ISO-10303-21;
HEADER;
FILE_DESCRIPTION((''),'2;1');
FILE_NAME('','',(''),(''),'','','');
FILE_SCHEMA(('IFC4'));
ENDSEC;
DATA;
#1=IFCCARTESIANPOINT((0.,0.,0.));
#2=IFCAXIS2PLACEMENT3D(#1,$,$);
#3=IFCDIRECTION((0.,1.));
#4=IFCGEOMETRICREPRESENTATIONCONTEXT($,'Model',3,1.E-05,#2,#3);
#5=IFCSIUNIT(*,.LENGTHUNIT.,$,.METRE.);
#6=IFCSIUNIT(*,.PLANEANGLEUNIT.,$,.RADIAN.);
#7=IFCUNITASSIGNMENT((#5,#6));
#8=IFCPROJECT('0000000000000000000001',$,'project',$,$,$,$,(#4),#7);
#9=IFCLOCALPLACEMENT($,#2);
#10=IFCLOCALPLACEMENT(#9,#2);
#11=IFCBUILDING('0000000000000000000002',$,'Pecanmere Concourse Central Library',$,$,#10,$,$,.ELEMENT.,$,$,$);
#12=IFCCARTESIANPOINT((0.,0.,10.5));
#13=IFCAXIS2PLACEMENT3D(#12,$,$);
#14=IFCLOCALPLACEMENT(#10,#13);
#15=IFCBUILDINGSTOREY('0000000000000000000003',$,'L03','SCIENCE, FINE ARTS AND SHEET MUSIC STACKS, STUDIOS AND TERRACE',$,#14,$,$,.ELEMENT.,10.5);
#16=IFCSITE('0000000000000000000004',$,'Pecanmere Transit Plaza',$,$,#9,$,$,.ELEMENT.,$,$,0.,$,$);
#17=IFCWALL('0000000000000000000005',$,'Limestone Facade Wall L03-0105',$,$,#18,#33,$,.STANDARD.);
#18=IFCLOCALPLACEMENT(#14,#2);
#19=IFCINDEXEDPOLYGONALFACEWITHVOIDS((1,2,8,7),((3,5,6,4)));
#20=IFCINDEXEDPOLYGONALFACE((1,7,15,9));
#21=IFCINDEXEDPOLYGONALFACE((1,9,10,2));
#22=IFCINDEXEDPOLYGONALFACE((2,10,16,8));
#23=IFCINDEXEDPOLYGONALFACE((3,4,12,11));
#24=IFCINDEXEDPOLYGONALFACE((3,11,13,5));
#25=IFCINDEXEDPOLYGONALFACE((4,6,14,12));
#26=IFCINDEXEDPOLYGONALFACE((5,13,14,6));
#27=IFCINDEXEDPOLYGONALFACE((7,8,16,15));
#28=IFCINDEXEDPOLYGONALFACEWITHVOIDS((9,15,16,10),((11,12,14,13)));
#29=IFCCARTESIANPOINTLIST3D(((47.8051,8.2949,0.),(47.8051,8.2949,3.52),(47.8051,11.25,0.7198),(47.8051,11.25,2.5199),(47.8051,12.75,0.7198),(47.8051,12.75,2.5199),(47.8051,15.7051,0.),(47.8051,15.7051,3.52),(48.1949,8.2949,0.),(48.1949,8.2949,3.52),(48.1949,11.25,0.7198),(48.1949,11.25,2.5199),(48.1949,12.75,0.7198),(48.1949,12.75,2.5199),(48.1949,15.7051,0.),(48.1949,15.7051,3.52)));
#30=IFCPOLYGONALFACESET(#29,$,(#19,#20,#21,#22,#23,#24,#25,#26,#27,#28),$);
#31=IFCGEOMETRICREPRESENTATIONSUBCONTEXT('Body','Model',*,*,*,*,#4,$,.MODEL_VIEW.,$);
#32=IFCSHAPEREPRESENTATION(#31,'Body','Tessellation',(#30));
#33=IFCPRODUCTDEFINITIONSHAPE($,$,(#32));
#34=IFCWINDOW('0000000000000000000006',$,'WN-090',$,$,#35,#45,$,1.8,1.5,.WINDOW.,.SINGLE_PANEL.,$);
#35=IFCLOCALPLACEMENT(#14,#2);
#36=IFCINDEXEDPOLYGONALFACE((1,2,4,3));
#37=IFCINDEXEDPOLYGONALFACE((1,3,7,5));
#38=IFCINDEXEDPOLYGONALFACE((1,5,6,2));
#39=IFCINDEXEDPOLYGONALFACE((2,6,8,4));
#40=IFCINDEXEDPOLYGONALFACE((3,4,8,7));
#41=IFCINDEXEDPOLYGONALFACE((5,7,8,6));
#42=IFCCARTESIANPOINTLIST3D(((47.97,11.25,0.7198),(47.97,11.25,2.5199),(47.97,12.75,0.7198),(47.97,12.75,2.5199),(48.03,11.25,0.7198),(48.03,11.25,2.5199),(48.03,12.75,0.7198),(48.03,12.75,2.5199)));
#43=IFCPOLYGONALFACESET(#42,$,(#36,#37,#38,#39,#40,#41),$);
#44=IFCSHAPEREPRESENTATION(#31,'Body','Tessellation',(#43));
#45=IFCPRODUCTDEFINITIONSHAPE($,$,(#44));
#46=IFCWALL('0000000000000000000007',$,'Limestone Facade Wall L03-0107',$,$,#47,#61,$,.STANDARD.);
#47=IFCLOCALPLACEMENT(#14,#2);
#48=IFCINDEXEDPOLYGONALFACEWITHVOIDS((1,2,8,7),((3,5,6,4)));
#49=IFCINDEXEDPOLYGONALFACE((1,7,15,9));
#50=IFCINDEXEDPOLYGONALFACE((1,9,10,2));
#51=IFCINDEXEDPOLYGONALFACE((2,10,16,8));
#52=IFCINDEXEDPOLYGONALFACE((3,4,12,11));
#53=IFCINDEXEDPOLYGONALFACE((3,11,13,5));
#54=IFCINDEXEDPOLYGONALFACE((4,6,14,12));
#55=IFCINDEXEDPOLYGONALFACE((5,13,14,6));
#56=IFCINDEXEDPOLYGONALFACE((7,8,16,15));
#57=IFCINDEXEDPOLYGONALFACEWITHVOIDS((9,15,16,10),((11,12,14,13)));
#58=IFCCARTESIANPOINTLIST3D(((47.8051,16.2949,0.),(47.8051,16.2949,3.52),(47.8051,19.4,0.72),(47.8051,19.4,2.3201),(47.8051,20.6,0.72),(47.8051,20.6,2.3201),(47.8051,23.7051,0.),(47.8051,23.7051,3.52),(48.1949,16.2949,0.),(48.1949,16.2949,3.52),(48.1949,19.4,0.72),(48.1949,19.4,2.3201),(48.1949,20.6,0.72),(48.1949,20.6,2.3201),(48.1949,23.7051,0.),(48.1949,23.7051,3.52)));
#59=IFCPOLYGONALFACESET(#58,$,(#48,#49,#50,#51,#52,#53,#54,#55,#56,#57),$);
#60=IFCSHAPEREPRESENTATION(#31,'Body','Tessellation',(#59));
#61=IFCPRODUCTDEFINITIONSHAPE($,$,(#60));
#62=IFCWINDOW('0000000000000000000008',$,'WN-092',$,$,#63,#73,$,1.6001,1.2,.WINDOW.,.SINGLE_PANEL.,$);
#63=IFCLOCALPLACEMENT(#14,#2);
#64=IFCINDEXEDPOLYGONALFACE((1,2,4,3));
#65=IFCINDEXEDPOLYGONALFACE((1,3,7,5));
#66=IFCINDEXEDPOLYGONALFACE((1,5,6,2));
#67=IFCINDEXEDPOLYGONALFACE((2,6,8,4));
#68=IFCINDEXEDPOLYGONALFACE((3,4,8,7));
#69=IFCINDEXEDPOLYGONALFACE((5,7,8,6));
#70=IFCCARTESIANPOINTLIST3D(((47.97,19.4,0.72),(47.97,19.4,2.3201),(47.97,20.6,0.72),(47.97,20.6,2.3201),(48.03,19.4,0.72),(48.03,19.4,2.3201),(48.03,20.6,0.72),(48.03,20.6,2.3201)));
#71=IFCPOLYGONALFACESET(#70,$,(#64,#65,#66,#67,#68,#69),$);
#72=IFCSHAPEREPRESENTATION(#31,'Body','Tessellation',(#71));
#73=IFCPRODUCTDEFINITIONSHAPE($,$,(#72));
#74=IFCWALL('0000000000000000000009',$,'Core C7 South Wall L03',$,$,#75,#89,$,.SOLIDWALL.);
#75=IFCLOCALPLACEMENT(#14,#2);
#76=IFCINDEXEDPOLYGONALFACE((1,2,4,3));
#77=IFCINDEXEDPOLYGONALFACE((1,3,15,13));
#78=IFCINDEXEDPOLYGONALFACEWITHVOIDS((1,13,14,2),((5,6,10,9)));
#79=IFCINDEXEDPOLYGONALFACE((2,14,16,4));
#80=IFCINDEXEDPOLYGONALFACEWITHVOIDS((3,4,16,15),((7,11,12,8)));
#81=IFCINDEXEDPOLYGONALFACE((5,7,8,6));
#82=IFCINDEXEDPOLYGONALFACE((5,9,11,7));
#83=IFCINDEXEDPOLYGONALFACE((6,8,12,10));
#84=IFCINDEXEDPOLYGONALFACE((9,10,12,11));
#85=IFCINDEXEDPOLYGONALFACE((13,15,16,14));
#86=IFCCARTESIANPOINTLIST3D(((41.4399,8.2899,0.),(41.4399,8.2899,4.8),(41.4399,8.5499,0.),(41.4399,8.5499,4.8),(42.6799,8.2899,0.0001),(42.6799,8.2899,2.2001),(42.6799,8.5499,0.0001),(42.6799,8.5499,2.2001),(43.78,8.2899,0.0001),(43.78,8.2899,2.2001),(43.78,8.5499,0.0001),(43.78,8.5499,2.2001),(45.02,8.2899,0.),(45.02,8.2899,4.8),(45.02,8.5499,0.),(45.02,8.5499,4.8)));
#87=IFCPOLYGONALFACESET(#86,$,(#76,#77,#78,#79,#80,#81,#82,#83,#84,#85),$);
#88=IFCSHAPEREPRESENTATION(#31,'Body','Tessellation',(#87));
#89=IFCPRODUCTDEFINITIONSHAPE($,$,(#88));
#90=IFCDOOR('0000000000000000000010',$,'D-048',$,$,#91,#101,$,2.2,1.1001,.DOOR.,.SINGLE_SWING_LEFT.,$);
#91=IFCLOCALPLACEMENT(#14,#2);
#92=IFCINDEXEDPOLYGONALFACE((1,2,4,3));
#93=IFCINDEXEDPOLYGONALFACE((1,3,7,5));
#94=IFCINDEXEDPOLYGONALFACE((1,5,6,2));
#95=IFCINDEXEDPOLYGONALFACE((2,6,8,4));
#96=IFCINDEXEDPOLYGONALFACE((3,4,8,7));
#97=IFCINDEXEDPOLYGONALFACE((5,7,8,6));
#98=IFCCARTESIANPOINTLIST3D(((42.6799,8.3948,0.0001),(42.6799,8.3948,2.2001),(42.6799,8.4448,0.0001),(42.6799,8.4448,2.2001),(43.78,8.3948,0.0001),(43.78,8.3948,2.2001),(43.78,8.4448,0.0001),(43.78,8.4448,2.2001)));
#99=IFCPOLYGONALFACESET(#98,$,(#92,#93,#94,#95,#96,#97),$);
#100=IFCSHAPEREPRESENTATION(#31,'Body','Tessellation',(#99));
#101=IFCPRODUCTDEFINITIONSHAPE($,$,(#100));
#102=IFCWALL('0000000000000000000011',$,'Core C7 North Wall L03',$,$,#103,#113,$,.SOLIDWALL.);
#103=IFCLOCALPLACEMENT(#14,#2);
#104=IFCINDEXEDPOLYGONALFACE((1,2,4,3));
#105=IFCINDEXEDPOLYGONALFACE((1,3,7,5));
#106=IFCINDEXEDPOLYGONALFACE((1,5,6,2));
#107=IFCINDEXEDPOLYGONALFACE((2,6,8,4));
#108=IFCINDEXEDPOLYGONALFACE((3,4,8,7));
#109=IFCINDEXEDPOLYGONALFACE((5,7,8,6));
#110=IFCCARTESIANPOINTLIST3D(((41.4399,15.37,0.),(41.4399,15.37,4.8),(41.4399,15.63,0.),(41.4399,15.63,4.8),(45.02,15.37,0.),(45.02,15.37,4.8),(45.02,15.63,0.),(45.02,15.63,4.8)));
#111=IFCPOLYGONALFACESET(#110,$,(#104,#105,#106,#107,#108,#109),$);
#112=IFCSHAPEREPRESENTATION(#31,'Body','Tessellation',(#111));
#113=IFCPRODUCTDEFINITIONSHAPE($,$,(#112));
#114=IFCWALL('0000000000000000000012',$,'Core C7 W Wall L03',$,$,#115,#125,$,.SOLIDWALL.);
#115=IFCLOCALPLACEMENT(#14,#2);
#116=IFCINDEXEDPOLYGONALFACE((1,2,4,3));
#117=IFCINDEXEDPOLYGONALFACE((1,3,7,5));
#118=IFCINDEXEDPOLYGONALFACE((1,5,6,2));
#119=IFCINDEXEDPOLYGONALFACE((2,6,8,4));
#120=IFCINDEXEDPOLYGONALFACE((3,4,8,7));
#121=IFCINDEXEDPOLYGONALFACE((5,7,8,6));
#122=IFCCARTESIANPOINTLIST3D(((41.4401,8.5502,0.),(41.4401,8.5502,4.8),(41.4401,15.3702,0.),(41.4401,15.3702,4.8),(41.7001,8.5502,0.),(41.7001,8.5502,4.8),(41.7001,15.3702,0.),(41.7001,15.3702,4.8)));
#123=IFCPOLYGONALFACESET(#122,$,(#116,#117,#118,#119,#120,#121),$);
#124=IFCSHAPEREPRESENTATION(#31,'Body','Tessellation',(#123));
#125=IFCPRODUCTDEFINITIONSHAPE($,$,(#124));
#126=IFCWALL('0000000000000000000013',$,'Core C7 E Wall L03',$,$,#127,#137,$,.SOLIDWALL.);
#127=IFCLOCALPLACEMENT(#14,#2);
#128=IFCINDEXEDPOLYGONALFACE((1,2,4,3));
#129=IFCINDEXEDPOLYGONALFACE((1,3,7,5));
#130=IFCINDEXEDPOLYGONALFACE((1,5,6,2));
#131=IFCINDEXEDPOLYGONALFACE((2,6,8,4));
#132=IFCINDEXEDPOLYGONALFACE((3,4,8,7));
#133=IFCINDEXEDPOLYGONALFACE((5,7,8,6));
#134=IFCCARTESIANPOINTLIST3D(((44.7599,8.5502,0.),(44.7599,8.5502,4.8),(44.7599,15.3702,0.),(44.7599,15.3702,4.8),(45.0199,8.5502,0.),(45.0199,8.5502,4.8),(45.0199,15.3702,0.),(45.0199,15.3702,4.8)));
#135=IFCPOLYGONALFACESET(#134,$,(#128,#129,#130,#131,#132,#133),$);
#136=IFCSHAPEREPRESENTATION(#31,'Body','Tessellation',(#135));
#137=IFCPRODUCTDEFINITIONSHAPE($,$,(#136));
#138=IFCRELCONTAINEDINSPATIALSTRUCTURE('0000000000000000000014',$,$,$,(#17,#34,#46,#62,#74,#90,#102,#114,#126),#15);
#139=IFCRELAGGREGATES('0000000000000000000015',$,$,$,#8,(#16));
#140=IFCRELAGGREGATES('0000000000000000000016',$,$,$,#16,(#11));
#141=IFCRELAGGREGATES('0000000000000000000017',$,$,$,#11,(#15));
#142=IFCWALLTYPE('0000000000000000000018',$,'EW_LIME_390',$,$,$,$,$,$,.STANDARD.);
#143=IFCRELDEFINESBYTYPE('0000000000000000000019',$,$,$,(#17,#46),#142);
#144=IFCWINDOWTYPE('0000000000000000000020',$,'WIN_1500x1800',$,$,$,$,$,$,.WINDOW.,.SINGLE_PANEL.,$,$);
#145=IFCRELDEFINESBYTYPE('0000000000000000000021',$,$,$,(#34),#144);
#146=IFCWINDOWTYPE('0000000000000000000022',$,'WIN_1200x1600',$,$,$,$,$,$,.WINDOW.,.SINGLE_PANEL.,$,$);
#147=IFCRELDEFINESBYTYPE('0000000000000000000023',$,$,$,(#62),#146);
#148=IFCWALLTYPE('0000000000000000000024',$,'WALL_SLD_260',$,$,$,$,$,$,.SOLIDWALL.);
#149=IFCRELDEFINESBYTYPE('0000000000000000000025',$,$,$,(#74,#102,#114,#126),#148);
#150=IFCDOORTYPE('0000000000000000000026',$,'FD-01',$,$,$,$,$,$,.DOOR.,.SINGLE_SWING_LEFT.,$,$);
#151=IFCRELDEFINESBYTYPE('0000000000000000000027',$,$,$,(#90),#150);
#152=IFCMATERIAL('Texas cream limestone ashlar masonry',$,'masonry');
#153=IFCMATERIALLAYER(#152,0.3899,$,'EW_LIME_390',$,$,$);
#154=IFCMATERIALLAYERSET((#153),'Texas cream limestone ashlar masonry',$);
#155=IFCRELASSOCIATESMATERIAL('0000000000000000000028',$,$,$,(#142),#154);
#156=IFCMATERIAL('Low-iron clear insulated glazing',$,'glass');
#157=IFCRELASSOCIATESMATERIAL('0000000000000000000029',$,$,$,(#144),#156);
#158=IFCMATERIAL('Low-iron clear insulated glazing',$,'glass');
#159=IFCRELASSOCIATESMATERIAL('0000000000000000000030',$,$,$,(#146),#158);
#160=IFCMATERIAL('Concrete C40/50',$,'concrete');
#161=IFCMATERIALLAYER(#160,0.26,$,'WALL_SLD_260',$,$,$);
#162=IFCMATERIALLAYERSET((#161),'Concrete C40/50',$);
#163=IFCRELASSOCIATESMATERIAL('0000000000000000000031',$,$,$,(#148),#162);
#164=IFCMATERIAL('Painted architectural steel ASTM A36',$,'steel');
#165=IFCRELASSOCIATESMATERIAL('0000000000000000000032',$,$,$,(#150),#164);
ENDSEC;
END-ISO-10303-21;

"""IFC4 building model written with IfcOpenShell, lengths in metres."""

from ifc_helpers import new_model, si_unit, direction, frame, frame_2d, origin, place, context, subcontext, project, spatial, rectangle, extrude, material, layer, layer_set, type_object, element, fill, save


model = new_model("IFC4")

# Units and contexts
model_context = context("Model", 3, precision=1e-05, world=origin(), true_north=direction((0.0, 1.0)))
body_context = subcontext(model_context, "Body", "Model", "MODEL_VIEW")
ifc_project = project(units=[si_unit("LENGTHUNIT", "METRE"), si_unit("PLANEANGLEUNIT", "RADIAN")], contexts=[model_context])

# Site, building, storey
site_placement = place(None, origin())
site = spatial("IfcSite", under=ifc_project, at=site_placement, Name="Pecanmere Transit Plaza", CompositionType="ELEMENT", RefElevation=0.0)
building_placement = place(site_placement, origin())
building = spatial("IfcBuilding", under=site, at=building_placement, Name="Pecanmere Concourse Central Library", CompositionType="ELEMENT")
storey_placement = place(building_placement, frame((0.0, 0.0, 10.5)))
storey = spatial("IfcBuildingStorey", under=building, at=storey_placement, Name="L03", Description="SCIENCE, FINE ARTS AND SHEET MUSIC STACKS, STUDIOS AND TERRACE", CompositionType="ELEMENT", Elevation=10.5)

# Walls, openings, windows
ifc_material_1 = material(Name="Texas cream limestone ashlar masonry", Category="masonry")
ifc_layer_1 = layer(ifc_material_1, 0.3899, Name="EW_LIME_390")
ifc_layer_set_1 = layer_set([ifc_layer_1], Name="Texas cream limestone ashlar masonry")
wall_type_1 = type_object("IfcWallType", Name="EW_LIME_390", PredefinedType="STANDARD", material=ifc_layer_set_1)
wall_1_placement = place(storey_placement, frame((48.0, 8.2949, 0.0), z_axis=(0.0, 0.0, 1.0), x_axis=(0.0, 1.0, 0.0)))
wall_1 = element("IfcWall", 1, at=wall_1_placement, inside=storey, type_object=wall_type_1, Name="Limestone Facade Wall L03-0105", PredefinedType="STANDARD", context=body_context, shape_type="SweptSolid", body=[
    extrude(rectangle(XDim=7.4102, YDim=0.3899, at=frame_2d((3.7051, 0.0))), origin(), (0.0, 0.0, 1.0), 3.52),
])
opening_1_placement = place(wall_1_placement, frame((2.9551, 0.0, 0.72)))
opening_1 = element("IfcOpeningElement", 2, at=opening_1_placement, cuts=wall_1, PredefinedType="OPENING", context=body_context, shape_type="SweptSolid", body=[
    extrude(rectangle(XDim=1.5, YDim=1.8, at=frame_2d((0.75, 0.8999))), frame((0.0, 0.207, 0.0), z_axis=(0.0, -1.0, 0.0), x_axis=(1.0, 0.0, 0.0)), (0.0, 0.0, 1.0), 0.4138),
])
ifc_material_2 = material(Name="Low-iron clear insulated glazing", Category="glass")
window_type_1 = type_object("IfcWindowType", Name="WIN_1500x1800", PartitioningType="SINGLE_PANEL", PredefinedType="WINDOW", material=ifc_material_2)
window_1_placement = place(opening_1_placement, origin())
window_1 = element("IfcWindow", 3, at=window_1_placement, inside=storey, type_object=window_type_1, Name="WN-090", OverallHeight=1.8, OverallWidth=1.5, PartitioningType="SINGLE_PANEL", PredefinedType="WINDOW", context=body_context, shape_type="SweptSolid", body=[
    extrude(rectangle(XDim=1.5, YDim=1.8, at=frame_2d((0.75, 0.8999))), frame((0.0, 0.03, 0.0), z_axis=(0.0, -1.0, 0.0), x_axis=(1.0, 0.0, 0.0)), (0.0, 0.0, 1.0), 0.0601),
])
fill(opening_1, window_1)
wall_2_placement = place(storey_placement, frame((48.0, 16.2949, 0.0), z_axis=(0.0, 0.0, 1.0), x_axis=(0.0, 1.0, 0.0)))
wall_2 = element("IfcWall", 4, at=wall_2_placement, inside=storey, type_object=wall_type_1, Name="Limestone Facade Wall L03-0107", PredefinedType="STANDARD", context=body_context, shape_type="SweptSolid", body=[
    extrude(rectangle(XDim=7.4102, YDim=0.3899, at=frame_2d((3.7051, 0.0))), origin(), (0.0, 0.0, 1.0), 3.52),
])
opening_2_placement = place(wall_2_placement, frame((3.105, 0.0, 0.72)))
opening_2 = element("IfcOpeningElement", 5, at=opening_2_placement, cuts=wall_2, PredefinedType="OPENING", context=body_context, shape_type="SweptSolid", body=[
    extrude(rectangle(XDim=1.2, YDim=1.6001, at=frame_2d((0.6001, 0.8))), frame((0.0, 0.207, 0.0), z_axis=(0.0, -1.0, 0.0), x_axis=(1.0, 0.0, 0.0)), (0.0, 0.0, 1.0), 0.4138),
])
ifc_material_3 = material(Name="Low-iron clear insulated glazing", Category="glass")
window_type_2 = type_object("IfcWindowType", Name="WIN_1200x1600", PartitioningType="SINGLE_PANEL", PredefinedType="WINDOW", material=ifc_material_3)
window_2_placement = place(opening_2_placement, origin())
window_2 = element("IfcWindow", 6, at=window_2_placement, inside=storey, type_object=window_type_2, Name="WN-092", OverallHeight=1.6001, OverallWidth=1.2, PartitioningType="SINGLE_PANEL", PredefinedType="WINDOW", context=body_context, shape_type="SweptSolid", body=[
    extrude(rectangle(XDim=1.2, YDim=1.6001, at=frame_2d((0.6001, 0.8))), frame((0.0, 0.03, 0.0), z_axis=(0.0, -1.0, 0.0), x_axis=(1.0, 0.0, 0.0)), (0.0, 0.0, 1.0), 0.0601),
])
fill(opening_2, window_2)

# Wall, opening, door
ifc_material_4 = material(Name="Concrete C40/50", Category="concrete")
ifc_layer_2 = layer(ifc_material_4, 0.26, Name="WALL_SLD_260")
ifc_layer_set_2 = layer_set([ifc_layer_2], Name="Concrete C40/50")
wall_type_2 = type_object("IfcWallType", Name="WALL_SLD_260", PredefinedType="SOLIDWALL", material=ifc_layer_set_2)
wall_3_placement = place(storey_placement, frame((41.4399, 8.4199, 0.0), z_axis=(0.0, 0.0, 1.0), x_axis=(1.0, 0.0, 0.0)))
wall_3 = element("IfcWall", 7, at=wall_3_placement, inside=storey, type_object=wall_type_2, Name="Core C7 South Wall L03", PredefinedType="SOLIDWALL", context=body_context, shape_type="SweptSolid", body=[
    extrude(rectangle(XDim=3.5801, YDim=0.26, at=frame_2d((1.79, 0.0))), origin(), (0.0, 0.0, 1.0), 4.8),
])
opening_3_placement = place(wall_3_placement, frame((1.24, 0.0, 0.0)))
opening_3 = element("IfcOpeningElement", 8, at=opening_3_placement, cuts=wall_3, PredefinedType="OPENING", context=body_context, shape_type="SweptSolid", body=[
    extrude(rectangle(XDim=1.1001, YDim=2.2, at=frame_2d((0.55, 1.1001))), frame((0.0, 0.1421, 0.0), z_axis=(0.0, -1.0, 0.0), x_axis=(1.0, 0.0, 0.0)), (0.0, 0.0, 1.0), 0.2839),
])
ifc_material_5 = material(Name="Painted architectural steel ASTM A36", Category="steel")
door_type = type_object("IfcDoorType", Name="FD-01", OperationType="SINGLE_SWING_LEFT", PredefinedType="DOOR", material=ifc_material_5)
door_placement = place(opening_3_placement, origin())
door = element("IfcDoor", 9, at=door_placement, inside=storey, type_object=door_type, Name="D-048", OperationType="SINGLE_SWING_LEFT", OverallHeight=2.2, OverallWidth=1.1001, PredefinedType="DOOR", context=body_context, shape_type="SweptSolid", body=[
    extrude(rectangle(XDim=1.1001, YDim=2.2, at=frame_2d((0.55, 1.1001))), frame((0.0, 0.0249, 0.0), z_axis=(0.0, -1.0, 0.0), x_axis=(1.0, 0.0, 0.0)), (0.0, 0.0, 1.0), 0.05),
])
fill(opening_3, door)

# Walls
wall_4_placement = place(storey_placement, frame((41.4399, 15.5, 0.0), z_axis=(0.0, 0.0, 1.0), x_axis=(1.0, 0.0, 0.0)))
element("IfcWall", 10, at=wall_4_placement, inside=storey, type_object=wall_type_2, Name="Core C7 North Wall L03", PredefinedType="SOLIDWALL", context=body_context, shape_type="SweptSolid", body=[
    extrude(rectangle(XDim=3.5801, YDim=0.26, at=frame_2d((1.79, 0.0))), origin(), (0.0, 0.0, 1.0), 4.8),
])
for number, where, z_axis, x_axis, name in (
    (11, (41.5701, 8.55, 0.0), (0.0, 0.0, 1.0), (0.0, 1.0, 0.0), "Core C7 W Wall L03"),
    (12, (44.8899, 8.55, 0.0), (0.0, 0.0, 1.0), (0.0, 1.0, 0.0), "Core C7 E Wall L03"),
):
    element("IfcWall", number, at=place(storey_placement, frame(where, z_axis=z_axis, x_axis=x_axis)), inside=storey, type_object=wall_type_2, Name=name, PredefinedType="SOLIDWALL", context=body_context, shape_type="SweptSolid", body=[
        extrude(rectangle(XDim=6.8201, YDim=0.26, at=frame_2d((3.4102, 0.0))), origin(), (0.0, 0.0, 1.0), 4.8),
    ])

save(model, "model.ifc")
